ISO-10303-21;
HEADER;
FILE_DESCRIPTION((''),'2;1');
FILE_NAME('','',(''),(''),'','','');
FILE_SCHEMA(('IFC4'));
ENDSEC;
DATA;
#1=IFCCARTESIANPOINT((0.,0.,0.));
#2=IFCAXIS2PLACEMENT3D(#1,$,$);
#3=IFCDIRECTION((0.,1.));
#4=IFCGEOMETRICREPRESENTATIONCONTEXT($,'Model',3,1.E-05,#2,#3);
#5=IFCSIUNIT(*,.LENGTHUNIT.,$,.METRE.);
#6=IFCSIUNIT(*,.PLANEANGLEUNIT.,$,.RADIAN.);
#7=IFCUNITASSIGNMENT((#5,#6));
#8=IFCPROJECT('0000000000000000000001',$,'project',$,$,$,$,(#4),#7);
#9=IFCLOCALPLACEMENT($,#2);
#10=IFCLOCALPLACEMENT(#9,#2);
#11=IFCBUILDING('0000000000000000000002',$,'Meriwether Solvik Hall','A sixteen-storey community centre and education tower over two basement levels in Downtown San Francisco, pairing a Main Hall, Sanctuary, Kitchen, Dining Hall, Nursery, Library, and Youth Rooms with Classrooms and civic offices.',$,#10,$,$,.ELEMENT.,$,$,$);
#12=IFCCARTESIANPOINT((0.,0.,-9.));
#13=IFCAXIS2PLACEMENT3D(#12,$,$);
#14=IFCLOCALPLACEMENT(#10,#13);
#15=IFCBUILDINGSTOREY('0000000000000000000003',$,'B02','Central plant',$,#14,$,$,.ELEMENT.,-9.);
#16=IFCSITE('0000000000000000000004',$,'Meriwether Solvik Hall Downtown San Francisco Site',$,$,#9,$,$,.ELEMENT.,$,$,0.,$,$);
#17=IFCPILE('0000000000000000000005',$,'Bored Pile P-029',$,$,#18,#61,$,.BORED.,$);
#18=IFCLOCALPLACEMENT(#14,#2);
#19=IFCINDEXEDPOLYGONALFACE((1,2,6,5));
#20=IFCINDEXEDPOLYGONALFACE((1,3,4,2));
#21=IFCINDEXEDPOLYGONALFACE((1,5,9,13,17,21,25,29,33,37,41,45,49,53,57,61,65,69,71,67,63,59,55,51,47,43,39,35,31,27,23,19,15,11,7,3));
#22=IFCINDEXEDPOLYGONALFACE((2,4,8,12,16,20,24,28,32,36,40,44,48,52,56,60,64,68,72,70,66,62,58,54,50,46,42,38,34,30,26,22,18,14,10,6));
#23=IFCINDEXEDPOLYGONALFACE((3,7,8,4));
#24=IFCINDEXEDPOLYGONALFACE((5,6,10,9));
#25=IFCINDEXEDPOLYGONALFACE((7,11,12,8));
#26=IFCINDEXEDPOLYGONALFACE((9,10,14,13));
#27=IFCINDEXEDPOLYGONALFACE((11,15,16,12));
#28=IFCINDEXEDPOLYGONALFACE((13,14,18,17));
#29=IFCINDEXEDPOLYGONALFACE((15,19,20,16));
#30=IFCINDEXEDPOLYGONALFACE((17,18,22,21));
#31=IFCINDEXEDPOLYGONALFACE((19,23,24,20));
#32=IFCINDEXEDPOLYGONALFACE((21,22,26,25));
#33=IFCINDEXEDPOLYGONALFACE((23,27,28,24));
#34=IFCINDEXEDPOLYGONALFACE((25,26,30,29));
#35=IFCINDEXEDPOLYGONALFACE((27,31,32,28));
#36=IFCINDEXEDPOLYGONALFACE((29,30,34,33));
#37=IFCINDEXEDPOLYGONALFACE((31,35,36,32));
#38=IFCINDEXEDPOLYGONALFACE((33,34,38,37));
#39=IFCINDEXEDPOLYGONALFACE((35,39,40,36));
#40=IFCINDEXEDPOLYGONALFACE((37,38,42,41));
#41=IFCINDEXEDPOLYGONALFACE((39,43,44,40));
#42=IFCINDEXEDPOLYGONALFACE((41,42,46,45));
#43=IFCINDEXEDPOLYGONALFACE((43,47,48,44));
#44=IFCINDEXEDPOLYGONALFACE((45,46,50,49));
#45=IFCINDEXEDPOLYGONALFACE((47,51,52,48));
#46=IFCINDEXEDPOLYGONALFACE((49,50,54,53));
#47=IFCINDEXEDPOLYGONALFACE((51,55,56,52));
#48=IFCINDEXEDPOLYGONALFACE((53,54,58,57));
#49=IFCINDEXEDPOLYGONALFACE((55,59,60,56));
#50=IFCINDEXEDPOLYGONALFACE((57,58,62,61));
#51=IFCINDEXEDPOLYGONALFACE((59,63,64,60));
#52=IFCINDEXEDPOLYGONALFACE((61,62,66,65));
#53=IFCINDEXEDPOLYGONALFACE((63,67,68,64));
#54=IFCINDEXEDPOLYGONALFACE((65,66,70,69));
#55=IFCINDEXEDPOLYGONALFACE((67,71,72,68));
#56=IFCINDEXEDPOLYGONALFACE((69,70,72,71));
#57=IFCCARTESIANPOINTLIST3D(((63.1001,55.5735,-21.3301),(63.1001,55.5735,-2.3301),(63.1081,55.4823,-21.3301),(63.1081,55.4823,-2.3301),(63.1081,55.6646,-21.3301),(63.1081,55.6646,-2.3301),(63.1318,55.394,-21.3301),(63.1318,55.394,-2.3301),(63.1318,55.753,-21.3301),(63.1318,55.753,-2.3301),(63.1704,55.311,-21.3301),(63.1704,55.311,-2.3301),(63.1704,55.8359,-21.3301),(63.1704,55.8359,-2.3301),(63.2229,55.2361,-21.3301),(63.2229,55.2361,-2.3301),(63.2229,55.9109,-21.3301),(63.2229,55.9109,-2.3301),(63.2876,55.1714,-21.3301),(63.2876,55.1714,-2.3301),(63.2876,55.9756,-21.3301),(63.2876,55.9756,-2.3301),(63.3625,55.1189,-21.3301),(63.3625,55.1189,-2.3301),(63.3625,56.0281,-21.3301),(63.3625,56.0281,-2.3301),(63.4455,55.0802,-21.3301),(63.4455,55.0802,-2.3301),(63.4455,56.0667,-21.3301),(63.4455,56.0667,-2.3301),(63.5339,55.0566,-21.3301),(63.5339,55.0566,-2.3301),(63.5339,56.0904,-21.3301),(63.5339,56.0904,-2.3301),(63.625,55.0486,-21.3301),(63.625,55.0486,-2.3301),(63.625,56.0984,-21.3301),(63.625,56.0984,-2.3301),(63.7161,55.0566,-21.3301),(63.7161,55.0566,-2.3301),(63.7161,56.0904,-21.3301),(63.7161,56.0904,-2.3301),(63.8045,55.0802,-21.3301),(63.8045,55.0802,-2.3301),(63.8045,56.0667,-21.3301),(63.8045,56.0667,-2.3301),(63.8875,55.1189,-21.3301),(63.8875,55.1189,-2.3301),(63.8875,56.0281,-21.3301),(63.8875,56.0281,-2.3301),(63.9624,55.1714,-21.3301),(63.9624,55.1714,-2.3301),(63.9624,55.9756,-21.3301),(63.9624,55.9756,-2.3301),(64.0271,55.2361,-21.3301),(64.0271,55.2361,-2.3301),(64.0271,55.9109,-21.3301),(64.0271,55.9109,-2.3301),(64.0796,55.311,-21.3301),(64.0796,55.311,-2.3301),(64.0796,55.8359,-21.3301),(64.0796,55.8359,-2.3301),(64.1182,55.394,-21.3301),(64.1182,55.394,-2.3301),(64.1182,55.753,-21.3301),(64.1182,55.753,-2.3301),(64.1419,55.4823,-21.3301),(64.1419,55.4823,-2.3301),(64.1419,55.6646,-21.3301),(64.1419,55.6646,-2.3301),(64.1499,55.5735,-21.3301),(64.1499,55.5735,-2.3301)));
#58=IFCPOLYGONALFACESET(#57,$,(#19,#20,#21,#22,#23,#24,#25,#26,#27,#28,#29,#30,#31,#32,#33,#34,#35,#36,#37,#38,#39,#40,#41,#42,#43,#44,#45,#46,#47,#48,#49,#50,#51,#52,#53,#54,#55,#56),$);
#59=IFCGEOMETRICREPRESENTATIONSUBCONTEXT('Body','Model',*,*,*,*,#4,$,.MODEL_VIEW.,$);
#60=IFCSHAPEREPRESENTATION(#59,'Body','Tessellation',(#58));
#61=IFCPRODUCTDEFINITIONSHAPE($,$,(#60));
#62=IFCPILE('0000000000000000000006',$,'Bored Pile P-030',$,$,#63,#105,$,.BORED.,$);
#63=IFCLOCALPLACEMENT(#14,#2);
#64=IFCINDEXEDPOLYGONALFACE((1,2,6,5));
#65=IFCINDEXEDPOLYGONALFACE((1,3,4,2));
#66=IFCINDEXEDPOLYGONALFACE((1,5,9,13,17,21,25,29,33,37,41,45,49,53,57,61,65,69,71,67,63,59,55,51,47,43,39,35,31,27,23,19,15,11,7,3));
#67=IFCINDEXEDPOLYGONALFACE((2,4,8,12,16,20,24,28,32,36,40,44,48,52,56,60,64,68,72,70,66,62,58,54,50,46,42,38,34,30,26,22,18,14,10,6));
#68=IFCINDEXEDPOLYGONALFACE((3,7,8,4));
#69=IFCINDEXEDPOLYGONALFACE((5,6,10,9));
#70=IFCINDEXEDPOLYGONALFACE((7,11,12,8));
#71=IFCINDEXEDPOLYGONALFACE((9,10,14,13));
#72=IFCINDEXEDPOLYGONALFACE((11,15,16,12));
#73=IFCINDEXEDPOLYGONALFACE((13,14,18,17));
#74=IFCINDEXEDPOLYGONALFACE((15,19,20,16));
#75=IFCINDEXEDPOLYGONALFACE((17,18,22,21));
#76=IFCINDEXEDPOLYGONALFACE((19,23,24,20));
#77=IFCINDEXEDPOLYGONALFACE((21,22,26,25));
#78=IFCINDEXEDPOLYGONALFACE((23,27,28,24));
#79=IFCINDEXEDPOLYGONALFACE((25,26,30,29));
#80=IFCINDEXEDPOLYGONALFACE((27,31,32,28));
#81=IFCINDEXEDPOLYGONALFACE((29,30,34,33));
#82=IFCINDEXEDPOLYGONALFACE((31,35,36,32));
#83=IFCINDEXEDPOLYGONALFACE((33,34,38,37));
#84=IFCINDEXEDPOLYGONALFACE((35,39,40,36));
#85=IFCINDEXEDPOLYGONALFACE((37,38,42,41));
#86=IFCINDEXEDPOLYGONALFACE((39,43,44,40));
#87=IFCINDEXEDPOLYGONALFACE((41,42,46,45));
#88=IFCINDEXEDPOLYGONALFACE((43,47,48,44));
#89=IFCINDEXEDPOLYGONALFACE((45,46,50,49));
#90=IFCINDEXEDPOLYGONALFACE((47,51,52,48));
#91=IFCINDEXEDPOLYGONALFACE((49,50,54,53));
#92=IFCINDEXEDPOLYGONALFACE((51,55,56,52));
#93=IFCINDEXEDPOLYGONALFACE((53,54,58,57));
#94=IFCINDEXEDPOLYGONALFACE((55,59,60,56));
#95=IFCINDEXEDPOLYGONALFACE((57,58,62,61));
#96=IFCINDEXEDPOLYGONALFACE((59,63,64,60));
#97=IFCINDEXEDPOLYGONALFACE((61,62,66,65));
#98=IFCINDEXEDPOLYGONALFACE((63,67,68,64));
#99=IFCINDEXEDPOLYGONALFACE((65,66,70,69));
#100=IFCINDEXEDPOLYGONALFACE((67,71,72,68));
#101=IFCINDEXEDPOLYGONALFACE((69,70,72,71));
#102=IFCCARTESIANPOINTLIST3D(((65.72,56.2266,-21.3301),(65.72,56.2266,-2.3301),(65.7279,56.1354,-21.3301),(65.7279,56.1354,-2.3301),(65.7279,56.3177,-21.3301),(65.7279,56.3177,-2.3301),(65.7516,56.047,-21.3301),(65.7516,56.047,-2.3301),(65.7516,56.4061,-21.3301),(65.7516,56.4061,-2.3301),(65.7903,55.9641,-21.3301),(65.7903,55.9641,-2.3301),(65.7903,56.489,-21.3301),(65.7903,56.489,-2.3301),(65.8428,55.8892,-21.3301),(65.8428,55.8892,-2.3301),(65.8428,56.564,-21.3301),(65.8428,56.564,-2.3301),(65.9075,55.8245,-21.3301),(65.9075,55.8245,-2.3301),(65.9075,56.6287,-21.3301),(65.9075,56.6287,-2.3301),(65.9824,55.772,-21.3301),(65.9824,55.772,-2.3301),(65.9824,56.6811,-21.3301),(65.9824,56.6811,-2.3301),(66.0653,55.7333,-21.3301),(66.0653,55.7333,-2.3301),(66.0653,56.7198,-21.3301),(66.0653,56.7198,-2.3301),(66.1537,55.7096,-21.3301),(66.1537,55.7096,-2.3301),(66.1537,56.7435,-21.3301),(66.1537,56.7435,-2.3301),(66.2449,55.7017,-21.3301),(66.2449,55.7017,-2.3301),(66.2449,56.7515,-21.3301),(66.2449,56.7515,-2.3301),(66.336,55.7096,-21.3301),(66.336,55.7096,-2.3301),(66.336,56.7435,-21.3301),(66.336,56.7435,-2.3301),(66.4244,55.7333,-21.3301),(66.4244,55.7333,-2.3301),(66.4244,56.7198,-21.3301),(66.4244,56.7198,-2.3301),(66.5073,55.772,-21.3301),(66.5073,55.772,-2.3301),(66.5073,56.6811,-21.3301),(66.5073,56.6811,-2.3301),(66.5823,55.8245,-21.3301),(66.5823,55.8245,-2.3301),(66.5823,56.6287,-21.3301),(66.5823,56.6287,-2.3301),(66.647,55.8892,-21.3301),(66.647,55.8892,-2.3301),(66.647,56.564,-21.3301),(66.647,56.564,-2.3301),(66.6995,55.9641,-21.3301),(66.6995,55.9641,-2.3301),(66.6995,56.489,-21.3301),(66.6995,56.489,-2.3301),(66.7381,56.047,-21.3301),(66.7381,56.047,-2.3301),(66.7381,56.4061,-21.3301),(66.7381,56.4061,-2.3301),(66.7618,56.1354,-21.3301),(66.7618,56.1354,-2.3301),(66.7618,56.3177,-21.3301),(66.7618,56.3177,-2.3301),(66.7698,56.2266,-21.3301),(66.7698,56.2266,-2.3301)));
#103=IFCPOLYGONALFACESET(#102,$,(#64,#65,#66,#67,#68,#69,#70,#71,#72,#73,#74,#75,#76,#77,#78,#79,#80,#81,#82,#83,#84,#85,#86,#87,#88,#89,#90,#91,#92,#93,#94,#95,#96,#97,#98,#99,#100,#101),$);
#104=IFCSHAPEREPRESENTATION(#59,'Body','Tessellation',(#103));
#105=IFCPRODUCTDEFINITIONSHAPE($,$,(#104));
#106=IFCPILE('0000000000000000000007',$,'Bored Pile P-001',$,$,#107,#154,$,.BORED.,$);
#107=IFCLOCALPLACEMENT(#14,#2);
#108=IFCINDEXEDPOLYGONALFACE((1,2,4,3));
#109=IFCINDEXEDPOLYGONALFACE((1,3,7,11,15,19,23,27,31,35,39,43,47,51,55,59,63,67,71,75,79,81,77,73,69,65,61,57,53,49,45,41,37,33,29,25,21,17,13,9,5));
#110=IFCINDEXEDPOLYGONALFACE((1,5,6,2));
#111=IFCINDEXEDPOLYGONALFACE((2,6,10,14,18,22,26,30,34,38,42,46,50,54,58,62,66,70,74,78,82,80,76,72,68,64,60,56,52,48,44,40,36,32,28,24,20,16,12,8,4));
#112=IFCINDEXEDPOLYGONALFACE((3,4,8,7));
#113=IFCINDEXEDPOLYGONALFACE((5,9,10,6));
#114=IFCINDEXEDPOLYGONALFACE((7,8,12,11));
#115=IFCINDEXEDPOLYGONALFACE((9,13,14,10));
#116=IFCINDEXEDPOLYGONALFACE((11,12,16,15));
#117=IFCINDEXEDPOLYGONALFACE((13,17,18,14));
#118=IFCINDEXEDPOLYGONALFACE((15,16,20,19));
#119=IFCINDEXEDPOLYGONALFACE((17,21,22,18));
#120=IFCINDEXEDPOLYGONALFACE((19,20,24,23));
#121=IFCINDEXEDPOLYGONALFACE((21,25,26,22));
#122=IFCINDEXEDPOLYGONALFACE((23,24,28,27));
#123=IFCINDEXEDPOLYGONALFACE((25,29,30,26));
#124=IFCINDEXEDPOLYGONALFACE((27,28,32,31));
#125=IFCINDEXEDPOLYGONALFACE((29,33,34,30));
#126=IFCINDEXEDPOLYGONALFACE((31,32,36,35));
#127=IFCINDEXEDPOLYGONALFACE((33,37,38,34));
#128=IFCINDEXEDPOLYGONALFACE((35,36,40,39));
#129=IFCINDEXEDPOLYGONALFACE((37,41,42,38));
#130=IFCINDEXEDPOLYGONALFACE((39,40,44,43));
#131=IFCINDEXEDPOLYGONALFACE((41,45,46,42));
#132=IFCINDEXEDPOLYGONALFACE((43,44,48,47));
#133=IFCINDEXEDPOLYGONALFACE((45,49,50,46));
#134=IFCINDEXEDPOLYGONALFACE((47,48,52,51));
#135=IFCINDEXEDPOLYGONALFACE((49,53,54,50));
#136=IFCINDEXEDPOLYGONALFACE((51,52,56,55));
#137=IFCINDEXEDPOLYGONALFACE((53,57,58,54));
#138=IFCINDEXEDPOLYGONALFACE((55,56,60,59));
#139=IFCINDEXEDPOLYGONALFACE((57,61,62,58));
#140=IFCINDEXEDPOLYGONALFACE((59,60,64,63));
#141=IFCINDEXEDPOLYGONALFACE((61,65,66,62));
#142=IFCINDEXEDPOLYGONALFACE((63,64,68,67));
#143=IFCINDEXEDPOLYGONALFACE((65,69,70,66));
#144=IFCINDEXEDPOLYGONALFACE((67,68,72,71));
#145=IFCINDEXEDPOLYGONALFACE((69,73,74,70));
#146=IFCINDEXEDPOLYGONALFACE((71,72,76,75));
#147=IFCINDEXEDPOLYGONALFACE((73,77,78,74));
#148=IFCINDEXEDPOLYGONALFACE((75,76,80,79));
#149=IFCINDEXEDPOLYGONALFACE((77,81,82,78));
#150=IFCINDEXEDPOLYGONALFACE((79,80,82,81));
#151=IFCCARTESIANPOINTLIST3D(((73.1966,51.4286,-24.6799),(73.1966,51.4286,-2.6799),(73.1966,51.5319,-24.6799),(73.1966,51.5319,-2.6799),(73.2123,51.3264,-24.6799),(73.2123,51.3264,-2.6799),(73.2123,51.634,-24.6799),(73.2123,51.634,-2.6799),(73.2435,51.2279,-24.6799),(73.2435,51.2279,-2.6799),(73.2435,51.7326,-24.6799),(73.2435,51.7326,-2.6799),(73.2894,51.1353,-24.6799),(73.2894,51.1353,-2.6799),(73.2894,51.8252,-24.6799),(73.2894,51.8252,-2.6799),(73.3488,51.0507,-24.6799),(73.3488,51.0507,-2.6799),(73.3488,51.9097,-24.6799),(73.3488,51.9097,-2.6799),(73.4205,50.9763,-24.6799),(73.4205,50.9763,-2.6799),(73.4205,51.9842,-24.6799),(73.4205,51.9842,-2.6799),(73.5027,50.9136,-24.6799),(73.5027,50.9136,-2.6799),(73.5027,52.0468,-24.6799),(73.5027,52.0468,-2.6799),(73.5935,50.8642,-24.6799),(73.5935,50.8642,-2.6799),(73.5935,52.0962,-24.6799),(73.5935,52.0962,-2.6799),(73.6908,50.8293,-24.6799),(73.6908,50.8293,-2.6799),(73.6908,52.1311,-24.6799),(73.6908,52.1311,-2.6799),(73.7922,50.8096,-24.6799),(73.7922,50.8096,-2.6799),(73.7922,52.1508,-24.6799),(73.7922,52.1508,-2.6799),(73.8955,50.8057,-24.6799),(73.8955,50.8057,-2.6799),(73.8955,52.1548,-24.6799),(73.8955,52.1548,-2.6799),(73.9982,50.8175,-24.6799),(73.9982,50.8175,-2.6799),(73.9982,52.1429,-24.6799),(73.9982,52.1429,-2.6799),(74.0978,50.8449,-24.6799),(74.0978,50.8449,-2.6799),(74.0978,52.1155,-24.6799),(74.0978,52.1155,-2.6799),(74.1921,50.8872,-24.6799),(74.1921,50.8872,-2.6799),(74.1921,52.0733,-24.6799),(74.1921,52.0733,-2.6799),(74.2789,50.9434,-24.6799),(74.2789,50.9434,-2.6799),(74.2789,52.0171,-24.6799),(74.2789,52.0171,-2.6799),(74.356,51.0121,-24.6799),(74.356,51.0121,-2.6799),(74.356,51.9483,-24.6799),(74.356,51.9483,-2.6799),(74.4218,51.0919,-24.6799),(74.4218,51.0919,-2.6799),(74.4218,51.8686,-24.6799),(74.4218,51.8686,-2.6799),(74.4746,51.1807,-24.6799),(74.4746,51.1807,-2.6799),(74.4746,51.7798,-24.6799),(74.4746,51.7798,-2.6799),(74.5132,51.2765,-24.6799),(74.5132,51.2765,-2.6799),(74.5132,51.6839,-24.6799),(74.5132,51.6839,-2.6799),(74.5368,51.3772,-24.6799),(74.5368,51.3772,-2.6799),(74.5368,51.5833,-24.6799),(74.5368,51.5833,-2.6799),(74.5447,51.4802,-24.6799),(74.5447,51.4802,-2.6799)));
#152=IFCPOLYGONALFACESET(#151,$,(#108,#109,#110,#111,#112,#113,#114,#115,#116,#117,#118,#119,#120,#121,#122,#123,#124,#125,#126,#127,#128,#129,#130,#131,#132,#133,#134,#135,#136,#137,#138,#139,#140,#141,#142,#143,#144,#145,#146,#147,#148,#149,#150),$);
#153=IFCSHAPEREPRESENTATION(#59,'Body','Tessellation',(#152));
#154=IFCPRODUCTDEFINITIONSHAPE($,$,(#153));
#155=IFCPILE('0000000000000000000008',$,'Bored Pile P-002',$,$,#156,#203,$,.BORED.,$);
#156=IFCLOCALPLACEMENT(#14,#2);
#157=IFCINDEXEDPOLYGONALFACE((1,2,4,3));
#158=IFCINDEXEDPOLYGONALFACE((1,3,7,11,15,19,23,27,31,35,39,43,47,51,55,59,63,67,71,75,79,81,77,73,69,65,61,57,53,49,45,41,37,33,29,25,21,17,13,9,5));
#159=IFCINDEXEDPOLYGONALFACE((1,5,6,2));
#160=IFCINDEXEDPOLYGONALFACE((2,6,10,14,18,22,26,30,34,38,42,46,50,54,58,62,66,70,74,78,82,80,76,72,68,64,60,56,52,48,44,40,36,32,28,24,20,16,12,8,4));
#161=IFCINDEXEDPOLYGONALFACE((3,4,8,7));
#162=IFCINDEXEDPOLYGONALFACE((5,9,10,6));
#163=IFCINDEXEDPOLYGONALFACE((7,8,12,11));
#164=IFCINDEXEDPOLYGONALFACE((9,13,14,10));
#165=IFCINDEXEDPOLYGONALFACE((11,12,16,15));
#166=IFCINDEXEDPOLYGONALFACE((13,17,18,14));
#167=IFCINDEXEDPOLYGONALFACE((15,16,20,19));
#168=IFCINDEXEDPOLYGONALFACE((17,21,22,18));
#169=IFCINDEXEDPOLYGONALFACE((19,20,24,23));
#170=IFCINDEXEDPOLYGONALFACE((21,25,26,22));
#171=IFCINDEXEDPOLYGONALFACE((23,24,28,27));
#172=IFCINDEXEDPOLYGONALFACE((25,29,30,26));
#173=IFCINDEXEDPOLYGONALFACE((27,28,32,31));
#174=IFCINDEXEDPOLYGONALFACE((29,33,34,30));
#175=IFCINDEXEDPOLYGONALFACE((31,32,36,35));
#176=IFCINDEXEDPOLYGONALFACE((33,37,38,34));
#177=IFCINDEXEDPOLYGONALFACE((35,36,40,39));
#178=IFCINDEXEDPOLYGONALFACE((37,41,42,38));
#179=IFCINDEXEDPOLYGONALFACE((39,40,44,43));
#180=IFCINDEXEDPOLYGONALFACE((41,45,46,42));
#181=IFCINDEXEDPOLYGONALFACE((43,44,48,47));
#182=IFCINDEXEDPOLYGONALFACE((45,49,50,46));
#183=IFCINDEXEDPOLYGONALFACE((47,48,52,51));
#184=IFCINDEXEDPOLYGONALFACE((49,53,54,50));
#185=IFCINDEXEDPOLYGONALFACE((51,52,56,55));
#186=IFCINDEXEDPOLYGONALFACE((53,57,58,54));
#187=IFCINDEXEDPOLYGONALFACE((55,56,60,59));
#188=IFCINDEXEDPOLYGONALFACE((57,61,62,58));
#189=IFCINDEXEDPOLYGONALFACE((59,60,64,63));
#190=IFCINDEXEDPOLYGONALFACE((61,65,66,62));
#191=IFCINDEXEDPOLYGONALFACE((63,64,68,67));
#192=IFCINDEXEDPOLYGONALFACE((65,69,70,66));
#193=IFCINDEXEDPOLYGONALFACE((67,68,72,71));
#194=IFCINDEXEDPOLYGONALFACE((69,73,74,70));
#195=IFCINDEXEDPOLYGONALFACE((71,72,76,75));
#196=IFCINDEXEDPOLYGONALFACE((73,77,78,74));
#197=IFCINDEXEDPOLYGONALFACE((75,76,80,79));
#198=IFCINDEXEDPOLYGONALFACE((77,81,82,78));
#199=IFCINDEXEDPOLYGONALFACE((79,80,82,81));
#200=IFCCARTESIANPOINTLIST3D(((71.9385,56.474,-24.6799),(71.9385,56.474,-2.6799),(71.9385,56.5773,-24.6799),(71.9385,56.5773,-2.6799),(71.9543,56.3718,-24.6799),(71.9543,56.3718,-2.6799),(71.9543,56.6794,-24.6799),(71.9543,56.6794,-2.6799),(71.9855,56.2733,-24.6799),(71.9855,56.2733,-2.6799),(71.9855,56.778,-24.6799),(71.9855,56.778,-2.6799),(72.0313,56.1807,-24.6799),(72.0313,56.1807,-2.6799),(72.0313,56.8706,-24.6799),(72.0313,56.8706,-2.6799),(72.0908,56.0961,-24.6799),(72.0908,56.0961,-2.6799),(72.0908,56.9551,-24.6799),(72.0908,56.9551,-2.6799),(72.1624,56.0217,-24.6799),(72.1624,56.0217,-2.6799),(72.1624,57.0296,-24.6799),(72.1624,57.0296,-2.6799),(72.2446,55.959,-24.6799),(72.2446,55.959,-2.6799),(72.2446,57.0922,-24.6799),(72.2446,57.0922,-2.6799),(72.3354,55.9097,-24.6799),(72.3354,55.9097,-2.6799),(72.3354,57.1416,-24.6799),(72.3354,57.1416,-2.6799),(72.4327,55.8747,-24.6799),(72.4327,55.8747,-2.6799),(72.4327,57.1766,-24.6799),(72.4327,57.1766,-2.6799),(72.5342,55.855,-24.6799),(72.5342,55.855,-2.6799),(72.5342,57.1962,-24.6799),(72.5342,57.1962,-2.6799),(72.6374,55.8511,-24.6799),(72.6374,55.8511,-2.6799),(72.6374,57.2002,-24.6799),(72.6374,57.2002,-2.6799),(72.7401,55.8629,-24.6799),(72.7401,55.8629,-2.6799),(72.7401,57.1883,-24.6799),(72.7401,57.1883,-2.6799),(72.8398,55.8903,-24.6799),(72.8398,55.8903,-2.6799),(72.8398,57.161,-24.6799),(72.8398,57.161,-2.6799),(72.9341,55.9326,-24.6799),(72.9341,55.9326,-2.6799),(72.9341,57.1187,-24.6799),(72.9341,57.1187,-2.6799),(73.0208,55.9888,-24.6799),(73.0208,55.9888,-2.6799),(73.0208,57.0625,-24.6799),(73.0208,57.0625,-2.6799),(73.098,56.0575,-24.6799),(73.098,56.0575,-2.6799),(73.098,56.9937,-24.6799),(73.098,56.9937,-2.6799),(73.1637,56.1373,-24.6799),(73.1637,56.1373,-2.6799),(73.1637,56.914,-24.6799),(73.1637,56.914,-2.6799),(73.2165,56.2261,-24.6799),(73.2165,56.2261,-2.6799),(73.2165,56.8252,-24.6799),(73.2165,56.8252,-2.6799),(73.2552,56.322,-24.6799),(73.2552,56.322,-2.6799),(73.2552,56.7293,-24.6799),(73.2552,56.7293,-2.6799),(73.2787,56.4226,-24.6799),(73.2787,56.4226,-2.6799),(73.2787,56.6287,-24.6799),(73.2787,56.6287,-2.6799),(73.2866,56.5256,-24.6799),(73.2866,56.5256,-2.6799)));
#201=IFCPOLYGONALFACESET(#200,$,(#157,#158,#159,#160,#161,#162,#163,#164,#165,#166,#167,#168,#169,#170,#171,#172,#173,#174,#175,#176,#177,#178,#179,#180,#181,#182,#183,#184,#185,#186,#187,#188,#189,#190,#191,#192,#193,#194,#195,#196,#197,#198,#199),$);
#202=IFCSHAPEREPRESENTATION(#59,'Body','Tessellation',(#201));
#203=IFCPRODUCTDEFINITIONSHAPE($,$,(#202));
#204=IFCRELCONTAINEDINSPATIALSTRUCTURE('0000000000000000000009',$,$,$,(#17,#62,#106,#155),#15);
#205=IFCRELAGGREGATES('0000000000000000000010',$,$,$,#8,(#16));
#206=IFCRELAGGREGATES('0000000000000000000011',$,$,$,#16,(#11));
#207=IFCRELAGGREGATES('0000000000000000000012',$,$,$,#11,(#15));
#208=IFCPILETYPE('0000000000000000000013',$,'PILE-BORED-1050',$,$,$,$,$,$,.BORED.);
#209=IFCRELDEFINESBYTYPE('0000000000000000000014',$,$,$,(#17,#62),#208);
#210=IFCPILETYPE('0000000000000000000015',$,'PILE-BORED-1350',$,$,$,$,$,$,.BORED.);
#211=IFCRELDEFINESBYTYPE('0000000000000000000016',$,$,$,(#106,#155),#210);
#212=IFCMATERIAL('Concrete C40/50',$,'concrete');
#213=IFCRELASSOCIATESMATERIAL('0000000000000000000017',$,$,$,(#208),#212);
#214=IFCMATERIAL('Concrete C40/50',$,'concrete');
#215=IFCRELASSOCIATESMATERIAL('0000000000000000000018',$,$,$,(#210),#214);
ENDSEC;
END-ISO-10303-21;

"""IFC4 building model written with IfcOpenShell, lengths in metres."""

from ifc_helpers import new_model, si_unit, direction, frame, origin, origin_2d, place, context, subcontext, project, spatial, circle, extrude, material, material_profile, profile_set, type_object, element, save


model = new_model("IFC4")

# Units and contexts
model_context = context("Model", 3, precision=1e-05, world=origin(), true_north=direction((0.0, 1.0)))
body_context = subcontext(model_context, "Body", "Model", "MODEL_VIEW")
ifc_project = project(units=[si_unit("LENGTHUNIT", "METRE"), si_unit("PLANEANGLEUNIT", "RADIAN")], contexts=[model_context])

# Site, building, storey
site_placement = place(None, origin())
site = spatial("IfcSite", under=ifc_project, at=site_placement, Name="Meriwether Solvik Hall Downtown San Francisco Site", CompositionType="ELEMENT", RefElevation=0.0)
building_placement = place(site_placement, origin())
building = spatial("IfcBuilding", under=site, at=building_placement, Name="Meriwether Solvik Hall", Description="A sixteen-storey community centre and education tower over two basement levels in Downtown San Francisco, pairing a Main Hall, Sanctuary, Kitchen, Dining Hall, Nursery, Library, and Youth Rooms with Classrooms and civic offices.", CompositionType="ELEMENT")
storey_placement = place(building_placement, frame((0.0, 0.0, -9.0)))
storey = spatial("IfcBuildingStorey", under=building, at=storey_placement, Name="B02", Description="Central plant", CompositionType="ELEMENT", Elevation=-9.0)

# Piles
ifc_material_1 = material(Name="Concrete C40/50", Category="concrete")
ifc_material_profile_1 = material_profile(ifc_material_1, circle(Radius=0.5249, at=origin_2d()), Name="PILE-D1050")
ifc_profile_set_1 = profile_set([ifc_material_profile_1], Name="Concrete C40/50")
pile_type_1 = type_object("IfcPileType", Name="PILE-BORED-1050", PredefinedType="BORED", material=ifc_profile_set_1)
for number, where, z_axis, x_axis, name in (
    (1, (63.625, 55.5735, -2.3301), (0.0, 0.0, -1.0), (1.0, 0.0, 0.0), "Bored Pile P-029"),
    (2, (66.2449, 56.2266, -2.3301), (0.0, 0.0, -1.0), (1.0, 0.0, 0.0), "Bored Pile P-030"),
):
    element("IfcPile", number, at=place(storey_placement, frame(where, z_axis=z_axis, x_axis=x_axis)), inside=storey, type_object=pile_type_1, Name=name, PredefinedType="BORED", context=body_context, shape_type="SweptSolid", body=[
        extrude(circle(Radius=0.5249, at=origin_2d()), origin(), (0.0, 0.0, 1.0), 19.0),
    ])
ifc_material_2 = material(Name="Concrete C40/50", Category="concrete")
ifc_material_profile_2 = material_profile(ifc_material_2, circle(Radius=0.675, at=origin_2d()), Name="PILE-D1350")
ifc_profile_set_2 = profile_set([ifc_material_profile_2], Name="Concrete C40/50")
pile_type_2 = type_object("IfcPileType", Name="PILE-BORED-1350", PredefinedType="BORED", material=ifc_profile_set_2)
for number, where, z_axis, x_axis, name in (
    (3, (73.8696, 51.4802, -2.6799), (0.0, 0.0, -1.0), (1.0, 0.0, 0.0), "Bored Pile P-001"),
    (4, (72.6116, 56.5256, -2.6799), (0.0, 0.0, -1.0), (1.0, 0.0, 0.0), "Bored Pile P-002"),
):
    element("IfcPile", number, at=place(storey_placement, frame(where, z_axis=z_axis, x_axis=x_axis)), inside=storey, type_object=pile_type_2, Name=name, PredefinedType="BORED", context=body_context, shape_type="SweptSolid", body=[
        extrude(circle(Radius=0.675, at=origin_2d()), origin(), (0.0, 0.0, 1.0), 22.0),
    ])

save(model, "model.ifc")
